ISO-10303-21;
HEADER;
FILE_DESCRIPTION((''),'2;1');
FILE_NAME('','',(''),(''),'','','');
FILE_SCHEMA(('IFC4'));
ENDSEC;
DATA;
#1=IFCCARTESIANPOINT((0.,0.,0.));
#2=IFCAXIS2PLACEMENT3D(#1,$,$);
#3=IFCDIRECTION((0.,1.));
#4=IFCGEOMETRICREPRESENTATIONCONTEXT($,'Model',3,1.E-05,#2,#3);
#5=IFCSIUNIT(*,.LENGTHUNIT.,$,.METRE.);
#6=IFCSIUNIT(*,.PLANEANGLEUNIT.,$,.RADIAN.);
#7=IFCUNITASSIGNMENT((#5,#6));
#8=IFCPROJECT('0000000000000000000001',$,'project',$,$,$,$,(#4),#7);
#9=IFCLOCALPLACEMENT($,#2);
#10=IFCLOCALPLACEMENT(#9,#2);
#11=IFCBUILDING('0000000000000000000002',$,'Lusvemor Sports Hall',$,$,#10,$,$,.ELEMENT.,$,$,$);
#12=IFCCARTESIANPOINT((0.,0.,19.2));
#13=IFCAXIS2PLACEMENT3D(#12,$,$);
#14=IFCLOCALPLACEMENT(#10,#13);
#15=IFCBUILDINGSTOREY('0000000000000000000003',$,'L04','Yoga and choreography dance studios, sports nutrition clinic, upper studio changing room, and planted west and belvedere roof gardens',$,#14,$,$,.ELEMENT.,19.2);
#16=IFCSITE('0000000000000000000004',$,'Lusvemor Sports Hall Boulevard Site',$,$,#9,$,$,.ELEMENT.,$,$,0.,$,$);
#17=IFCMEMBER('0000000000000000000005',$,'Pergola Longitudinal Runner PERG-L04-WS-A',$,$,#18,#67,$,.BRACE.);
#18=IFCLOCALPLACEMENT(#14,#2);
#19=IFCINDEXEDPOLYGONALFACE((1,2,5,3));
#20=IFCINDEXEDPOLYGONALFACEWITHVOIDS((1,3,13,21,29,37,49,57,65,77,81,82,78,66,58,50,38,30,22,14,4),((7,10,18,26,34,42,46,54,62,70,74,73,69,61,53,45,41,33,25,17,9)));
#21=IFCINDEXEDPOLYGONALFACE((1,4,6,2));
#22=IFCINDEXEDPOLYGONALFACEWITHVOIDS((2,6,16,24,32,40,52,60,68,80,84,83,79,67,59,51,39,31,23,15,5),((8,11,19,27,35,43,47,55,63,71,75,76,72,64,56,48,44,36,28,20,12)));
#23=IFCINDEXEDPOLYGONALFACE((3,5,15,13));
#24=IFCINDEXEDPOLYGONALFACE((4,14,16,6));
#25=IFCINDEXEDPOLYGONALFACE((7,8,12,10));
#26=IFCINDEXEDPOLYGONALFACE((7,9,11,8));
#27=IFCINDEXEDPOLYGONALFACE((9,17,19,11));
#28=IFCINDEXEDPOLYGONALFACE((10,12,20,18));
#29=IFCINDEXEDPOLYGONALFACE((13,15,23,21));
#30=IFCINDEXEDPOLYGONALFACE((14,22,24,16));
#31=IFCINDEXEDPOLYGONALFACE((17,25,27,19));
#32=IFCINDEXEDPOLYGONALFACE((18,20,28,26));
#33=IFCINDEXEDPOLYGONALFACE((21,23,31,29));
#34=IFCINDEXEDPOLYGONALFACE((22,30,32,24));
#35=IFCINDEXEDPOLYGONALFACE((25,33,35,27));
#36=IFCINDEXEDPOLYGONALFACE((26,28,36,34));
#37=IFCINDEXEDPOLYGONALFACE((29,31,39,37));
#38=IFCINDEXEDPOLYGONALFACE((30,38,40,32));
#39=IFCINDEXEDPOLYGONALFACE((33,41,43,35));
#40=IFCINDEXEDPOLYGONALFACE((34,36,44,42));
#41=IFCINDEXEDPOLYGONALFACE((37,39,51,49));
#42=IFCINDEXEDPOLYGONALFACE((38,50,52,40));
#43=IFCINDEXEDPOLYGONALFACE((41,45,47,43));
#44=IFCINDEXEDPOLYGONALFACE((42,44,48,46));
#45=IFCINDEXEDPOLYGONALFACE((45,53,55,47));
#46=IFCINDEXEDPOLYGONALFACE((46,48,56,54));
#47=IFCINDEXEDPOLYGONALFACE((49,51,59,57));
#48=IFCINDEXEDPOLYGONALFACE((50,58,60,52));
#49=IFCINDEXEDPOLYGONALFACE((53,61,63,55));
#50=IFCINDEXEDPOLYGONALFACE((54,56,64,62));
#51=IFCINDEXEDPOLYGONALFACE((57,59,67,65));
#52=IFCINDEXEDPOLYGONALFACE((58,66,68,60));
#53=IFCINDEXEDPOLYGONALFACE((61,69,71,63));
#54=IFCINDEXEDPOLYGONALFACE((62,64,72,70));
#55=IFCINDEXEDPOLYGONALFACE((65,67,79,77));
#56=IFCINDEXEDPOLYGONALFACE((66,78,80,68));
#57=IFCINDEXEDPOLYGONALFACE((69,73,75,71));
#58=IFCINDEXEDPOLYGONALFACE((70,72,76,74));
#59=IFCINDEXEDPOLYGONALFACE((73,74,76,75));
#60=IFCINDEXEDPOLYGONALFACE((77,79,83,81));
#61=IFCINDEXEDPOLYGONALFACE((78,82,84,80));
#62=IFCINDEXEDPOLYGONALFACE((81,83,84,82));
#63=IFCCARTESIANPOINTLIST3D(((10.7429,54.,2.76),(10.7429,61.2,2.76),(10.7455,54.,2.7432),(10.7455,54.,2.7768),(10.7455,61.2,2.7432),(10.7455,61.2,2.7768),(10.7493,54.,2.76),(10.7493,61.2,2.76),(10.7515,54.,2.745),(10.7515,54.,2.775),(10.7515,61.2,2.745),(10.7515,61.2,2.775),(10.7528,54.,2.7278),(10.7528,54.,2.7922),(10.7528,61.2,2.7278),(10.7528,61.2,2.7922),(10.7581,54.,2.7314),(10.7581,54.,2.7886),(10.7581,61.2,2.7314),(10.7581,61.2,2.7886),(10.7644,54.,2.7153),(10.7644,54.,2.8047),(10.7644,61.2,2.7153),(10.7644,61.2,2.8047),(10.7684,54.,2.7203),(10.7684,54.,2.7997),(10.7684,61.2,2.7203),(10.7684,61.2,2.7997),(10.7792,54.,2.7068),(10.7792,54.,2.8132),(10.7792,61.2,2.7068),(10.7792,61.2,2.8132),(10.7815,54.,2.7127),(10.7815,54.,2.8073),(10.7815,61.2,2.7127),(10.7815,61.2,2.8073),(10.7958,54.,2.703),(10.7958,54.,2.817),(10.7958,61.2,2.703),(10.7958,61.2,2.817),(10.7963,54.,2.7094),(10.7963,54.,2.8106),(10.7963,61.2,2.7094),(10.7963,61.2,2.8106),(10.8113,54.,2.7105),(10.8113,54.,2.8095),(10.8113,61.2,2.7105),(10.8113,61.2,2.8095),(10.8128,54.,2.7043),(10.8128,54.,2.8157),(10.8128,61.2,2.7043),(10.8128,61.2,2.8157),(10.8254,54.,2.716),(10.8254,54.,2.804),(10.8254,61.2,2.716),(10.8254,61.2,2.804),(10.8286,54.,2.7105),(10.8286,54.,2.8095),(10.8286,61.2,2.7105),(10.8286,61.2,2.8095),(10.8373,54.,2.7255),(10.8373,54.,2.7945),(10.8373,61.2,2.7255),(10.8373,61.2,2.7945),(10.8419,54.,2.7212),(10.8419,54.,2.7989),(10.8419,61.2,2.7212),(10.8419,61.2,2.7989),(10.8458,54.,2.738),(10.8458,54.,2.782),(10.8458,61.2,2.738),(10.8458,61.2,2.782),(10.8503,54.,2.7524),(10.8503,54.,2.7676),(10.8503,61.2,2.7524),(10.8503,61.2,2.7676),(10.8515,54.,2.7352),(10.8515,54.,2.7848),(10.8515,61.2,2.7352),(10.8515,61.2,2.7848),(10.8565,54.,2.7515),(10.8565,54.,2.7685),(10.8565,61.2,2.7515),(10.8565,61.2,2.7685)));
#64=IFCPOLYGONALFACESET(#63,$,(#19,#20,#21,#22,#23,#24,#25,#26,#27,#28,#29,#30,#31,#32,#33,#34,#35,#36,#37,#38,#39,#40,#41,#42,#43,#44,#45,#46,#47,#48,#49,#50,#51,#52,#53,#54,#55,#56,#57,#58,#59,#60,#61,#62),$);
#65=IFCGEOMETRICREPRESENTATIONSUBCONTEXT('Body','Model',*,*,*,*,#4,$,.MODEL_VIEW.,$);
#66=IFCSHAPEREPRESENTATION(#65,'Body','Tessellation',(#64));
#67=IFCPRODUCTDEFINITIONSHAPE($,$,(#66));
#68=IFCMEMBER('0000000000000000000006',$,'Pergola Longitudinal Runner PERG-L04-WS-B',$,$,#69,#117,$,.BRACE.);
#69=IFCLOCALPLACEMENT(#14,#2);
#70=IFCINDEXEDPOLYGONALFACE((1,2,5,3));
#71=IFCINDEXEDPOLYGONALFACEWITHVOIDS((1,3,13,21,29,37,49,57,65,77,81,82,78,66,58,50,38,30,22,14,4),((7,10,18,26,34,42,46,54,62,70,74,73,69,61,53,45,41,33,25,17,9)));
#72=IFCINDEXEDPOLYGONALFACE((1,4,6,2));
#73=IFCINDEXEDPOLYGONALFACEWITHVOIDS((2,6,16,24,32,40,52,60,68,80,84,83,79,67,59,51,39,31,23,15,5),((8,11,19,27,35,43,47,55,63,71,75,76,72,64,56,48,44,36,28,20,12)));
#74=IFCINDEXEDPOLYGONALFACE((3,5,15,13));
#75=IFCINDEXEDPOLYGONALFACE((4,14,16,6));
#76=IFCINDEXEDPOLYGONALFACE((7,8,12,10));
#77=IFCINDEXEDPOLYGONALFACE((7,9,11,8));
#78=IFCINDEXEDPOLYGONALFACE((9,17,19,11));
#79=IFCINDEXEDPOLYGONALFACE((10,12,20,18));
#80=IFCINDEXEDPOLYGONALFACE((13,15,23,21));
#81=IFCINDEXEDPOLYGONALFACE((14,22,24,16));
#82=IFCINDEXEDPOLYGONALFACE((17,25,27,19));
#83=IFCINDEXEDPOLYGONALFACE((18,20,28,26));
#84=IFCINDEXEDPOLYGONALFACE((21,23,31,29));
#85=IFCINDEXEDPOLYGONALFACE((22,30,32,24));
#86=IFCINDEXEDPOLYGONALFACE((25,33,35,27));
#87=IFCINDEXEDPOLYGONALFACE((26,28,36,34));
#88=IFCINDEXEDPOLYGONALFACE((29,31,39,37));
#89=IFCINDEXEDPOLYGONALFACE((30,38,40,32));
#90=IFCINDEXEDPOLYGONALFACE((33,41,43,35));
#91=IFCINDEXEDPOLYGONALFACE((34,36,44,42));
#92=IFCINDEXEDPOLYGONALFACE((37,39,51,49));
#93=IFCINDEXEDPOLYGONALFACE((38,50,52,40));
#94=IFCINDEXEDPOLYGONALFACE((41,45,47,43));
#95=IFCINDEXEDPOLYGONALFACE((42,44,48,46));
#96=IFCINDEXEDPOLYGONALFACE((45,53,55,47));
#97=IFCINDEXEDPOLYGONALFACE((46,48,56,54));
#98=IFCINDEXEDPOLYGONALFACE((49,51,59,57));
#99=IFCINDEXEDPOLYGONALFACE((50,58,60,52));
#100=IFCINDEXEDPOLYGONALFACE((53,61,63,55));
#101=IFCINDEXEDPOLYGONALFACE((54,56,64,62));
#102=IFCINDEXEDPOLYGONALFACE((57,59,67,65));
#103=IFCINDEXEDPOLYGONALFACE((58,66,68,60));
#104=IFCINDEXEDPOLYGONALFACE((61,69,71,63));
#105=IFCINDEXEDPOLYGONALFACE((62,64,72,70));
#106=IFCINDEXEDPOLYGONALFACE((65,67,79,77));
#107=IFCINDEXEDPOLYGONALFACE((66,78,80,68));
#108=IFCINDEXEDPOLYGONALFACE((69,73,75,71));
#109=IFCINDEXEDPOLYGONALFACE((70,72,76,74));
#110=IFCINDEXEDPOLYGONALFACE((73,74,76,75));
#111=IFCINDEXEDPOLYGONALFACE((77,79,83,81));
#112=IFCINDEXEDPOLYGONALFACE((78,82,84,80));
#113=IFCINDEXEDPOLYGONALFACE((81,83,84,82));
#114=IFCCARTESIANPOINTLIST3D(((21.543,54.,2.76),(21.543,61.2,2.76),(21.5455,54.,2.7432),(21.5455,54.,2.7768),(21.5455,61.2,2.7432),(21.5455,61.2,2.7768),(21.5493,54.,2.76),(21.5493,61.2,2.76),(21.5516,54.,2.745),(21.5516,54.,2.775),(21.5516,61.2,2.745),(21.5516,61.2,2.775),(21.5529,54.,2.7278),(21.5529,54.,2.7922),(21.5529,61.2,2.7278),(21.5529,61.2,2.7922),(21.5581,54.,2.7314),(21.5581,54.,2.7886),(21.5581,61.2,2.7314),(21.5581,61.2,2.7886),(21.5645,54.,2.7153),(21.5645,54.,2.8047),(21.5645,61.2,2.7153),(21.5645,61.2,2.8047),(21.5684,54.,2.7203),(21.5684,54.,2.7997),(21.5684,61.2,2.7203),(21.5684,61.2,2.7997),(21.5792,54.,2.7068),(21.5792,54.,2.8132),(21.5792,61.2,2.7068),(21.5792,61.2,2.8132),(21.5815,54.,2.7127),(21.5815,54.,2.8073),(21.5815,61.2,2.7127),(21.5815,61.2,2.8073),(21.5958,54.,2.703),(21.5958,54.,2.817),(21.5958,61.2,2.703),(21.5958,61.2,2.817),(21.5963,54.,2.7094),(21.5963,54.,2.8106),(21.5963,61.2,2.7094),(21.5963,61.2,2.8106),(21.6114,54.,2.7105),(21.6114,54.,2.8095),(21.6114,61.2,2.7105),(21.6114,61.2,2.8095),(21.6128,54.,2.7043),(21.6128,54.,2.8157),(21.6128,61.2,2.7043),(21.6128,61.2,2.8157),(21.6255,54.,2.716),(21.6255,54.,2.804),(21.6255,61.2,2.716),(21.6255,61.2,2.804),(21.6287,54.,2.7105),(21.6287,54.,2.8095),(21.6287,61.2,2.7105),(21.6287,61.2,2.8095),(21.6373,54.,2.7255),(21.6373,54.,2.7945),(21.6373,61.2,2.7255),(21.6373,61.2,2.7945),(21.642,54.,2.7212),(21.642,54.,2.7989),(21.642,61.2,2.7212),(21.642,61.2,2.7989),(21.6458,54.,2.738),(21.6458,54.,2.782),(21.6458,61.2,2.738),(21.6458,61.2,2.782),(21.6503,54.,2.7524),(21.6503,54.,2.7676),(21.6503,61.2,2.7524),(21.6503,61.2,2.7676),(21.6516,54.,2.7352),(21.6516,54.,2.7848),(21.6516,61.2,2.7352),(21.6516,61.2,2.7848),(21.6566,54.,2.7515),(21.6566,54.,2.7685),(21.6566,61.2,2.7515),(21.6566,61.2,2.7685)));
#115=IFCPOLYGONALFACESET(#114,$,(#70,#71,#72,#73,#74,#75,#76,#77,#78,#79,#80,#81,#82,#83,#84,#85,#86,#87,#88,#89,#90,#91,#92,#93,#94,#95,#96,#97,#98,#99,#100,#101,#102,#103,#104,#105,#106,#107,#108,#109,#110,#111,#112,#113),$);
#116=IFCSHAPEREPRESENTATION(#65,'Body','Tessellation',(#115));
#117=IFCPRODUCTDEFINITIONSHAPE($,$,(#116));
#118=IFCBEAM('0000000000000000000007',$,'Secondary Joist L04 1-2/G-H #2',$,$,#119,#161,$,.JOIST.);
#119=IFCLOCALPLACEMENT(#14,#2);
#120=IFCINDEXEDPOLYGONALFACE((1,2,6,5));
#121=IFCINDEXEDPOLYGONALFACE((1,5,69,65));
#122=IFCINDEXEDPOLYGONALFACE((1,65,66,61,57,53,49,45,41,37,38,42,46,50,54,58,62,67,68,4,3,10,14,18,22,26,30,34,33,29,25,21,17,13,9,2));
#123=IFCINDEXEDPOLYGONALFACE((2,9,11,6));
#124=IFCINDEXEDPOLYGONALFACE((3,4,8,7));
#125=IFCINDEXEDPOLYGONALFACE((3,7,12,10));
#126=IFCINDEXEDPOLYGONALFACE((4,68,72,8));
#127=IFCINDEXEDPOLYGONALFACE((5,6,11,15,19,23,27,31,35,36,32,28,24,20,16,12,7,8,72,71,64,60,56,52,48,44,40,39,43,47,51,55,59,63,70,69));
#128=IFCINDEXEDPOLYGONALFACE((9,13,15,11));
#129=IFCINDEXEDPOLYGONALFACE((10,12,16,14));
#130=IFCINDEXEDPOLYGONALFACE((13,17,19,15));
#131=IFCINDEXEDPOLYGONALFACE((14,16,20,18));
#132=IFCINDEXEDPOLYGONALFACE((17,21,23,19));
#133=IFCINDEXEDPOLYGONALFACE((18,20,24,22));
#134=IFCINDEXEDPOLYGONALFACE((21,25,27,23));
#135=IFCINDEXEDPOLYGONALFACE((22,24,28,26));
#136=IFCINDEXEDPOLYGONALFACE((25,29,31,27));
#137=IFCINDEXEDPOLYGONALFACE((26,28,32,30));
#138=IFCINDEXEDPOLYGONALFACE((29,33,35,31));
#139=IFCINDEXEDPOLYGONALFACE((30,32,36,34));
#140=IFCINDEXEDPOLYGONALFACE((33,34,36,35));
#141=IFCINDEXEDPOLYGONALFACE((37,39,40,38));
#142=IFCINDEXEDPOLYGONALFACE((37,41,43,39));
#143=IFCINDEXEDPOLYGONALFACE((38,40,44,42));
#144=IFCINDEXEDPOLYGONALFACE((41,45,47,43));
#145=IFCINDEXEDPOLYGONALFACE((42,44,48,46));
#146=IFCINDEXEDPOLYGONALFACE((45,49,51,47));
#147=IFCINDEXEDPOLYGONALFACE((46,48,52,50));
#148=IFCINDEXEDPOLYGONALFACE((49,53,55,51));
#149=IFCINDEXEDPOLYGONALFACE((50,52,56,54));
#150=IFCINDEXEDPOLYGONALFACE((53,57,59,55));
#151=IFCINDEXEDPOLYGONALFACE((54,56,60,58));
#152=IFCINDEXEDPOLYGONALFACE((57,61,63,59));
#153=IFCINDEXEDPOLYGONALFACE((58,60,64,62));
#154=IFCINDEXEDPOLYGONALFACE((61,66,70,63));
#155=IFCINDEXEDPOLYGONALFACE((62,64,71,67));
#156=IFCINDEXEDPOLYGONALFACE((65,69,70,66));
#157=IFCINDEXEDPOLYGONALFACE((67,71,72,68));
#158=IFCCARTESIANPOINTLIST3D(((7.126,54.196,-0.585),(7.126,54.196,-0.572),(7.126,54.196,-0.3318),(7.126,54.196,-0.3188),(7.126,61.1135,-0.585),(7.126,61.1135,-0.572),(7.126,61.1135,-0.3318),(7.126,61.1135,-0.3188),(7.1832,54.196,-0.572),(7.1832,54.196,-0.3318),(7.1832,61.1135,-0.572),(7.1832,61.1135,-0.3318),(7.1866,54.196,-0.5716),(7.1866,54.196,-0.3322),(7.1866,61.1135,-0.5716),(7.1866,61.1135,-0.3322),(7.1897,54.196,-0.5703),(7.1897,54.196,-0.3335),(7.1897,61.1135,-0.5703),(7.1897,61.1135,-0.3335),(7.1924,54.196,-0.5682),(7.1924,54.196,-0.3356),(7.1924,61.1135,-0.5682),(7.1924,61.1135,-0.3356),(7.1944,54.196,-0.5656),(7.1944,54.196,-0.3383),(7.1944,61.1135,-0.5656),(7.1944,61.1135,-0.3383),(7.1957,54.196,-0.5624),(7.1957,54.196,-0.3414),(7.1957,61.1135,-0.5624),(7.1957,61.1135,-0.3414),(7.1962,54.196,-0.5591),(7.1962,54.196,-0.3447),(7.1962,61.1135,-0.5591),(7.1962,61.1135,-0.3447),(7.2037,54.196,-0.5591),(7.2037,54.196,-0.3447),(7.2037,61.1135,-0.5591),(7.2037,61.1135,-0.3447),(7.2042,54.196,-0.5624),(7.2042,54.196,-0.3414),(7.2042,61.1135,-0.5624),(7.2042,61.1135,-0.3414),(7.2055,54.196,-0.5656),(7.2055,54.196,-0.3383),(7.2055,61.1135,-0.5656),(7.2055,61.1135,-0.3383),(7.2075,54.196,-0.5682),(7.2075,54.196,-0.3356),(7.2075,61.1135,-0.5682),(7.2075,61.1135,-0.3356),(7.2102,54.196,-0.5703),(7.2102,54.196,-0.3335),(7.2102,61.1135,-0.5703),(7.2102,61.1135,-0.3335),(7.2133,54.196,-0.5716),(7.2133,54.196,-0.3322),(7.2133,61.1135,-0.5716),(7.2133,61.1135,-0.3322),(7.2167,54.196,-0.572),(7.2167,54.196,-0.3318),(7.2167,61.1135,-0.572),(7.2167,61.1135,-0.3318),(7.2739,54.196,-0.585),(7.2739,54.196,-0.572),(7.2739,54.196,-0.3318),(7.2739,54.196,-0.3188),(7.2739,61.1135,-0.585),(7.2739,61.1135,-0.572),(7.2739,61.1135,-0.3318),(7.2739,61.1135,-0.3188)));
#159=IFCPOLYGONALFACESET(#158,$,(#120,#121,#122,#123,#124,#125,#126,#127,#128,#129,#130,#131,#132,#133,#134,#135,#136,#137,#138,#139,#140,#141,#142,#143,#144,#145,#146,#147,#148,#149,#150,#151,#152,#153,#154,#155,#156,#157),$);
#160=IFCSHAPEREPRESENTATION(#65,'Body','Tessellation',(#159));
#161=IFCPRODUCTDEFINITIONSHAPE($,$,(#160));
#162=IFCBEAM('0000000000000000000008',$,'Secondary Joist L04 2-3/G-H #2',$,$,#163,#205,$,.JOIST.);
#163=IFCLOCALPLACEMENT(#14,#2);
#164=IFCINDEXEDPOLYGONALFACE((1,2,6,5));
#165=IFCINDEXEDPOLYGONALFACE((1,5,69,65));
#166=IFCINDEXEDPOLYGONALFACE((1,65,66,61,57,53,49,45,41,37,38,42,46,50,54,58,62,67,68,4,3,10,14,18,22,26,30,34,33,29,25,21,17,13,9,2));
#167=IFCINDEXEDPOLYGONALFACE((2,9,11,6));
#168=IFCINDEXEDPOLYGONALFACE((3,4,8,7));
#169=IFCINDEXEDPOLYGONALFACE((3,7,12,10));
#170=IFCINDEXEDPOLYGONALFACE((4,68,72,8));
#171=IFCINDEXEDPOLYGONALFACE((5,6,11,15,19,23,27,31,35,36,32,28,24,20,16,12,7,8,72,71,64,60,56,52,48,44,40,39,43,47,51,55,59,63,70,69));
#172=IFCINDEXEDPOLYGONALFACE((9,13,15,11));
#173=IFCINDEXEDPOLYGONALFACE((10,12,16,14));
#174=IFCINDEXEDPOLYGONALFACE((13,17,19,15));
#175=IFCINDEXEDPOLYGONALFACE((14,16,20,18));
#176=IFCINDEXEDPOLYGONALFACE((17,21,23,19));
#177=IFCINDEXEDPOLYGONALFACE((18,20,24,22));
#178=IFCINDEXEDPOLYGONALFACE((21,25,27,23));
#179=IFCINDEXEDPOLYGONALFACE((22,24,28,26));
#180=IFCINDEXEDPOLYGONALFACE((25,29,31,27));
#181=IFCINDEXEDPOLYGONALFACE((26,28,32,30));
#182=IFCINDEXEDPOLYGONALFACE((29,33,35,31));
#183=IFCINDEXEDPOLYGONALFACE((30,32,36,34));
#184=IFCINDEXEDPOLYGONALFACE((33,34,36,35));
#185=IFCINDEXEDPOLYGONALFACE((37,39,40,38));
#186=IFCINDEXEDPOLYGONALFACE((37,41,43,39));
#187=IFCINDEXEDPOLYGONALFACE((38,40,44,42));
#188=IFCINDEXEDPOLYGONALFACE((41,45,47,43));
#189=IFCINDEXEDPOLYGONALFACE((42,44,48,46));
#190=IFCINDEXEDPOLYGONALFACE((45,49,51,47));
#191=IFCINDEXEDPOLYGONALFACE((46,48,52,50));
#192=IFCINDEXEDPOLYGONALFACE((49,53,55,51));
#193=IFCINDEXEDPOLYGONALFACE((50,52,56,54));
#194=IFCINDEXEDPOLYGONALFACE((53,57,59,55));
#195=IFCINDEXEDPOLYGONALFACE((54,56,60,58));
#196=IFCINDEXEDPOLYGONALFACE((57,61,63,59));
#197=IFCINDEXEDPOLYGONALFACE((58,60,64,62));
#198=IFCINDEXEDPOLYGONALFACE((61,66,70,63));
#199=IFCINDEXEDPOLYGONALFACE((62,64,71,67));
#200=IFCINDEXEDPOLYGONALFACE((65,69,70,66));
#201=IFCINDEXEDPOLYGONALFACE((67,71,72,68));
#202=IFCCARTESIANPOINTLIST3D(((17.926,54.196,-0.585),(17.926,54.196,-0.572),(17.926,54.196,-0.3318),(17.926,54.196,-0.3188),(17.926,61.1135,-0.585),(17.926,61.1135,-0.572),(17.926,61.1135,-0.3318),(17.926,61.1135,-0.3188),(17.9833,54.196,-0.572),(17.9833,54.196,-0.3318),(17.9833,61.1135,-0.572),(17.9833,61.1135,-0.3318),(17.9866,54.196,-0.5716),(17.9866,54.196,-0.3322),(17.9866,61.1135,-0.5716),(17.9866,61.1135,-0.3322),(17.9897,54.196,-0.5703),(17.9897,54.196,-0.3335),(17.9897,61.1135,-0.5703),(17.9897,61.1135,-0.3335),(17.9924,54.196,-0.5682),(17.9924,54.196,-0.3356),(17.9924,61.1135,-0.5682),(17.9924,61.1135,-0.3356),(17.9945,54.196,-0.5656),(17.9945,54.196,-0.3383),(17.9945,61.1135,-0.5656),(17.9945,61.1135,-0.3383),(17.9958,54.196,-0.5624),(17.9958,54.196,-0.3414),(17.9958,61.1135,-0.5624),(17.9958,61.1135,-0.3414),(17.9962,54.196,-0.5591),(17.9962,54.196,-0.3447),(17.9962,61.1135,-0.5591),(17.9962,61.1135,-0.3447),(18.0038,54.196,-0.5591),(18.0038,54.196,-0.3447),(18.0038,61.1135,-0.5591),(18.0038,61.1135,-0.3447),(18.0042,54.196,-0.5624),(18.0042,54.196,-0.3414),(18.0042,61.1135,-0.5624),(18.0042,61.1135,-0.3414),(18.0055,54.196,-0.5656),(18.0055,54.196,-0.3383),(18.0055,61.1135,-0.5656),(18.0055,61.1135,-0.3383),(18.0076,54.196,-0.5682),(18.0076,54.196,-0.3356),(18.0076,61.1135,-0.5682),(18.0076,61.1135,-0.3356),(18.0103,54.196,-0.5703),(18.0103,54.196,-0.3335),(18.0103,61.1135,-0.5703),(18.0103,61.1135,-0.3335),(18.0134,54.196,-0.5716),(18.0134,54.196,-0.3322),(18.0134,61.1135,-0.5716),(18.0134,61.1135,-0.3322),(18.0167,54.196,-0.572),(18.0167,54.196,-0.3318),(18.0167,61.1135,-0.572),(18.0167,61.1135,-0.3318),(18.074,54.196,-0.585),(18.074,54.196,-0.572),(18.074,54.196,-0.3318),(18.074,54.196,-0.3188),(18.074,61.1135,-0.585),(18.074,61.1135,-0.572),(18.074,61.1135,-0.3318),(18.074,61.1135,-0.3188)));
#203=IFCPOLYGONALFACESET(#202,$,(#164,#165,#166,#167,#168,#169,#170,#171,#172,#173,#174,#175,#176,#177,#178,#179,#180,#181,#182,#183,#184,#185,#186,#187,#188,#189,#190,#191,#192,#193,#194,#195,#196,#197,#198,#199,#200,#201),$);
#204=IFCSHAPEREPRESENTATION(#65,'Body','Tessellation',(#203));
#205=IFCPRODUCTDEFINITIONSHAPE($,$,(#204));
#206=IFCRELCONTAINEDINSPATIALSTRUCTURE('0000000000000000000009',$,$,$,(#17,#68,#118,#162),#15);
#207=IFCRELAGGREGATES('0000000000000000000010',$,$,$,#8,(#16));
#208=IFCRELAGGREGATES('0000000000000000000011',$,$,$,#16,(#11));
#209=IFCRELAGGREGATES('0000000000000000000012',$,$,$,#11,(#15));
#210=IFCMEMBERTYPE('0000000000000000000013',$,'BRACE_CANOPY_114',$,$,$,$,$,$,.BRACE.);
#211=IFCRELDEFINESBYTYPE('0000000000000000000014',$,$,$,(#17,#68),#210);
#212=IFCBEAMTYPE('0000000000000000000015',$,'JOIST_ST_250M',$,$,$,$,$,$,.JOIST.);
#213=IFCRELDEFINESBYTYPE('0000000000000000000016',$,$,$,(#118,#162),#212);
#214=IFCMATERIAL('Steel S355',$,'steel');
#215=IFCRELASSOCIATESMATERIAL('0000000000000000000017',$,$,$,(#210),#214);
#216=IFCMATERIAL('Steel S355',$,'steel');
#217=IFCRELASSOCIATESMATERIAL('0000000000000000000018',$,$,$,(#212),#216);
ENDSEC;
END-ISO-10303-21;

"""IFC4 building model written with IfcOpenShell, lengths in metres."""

from ifc_helpers import new_model, si_unit, direction, frame, origin, origin_2d, place, context, subcontext, project, spatial, hollow_circle, i_section, extrude, material, material_profile, profile_set, type_object, element, save


model = new_model("IFC4")

# Units and contexts
model_context = context("Model", 3, precision=1e-05, world=origin(), true_north=direction((0.0, 1.0)))
body_context = subcontext(model_context, "Body", "Model", "MODEL_VIEW")
ifc_project = project(units=[si_unit("LENGTHUNIT", "METRE"), si_unit("PLANEANGLEUNIT", "RADIAN")], contexts=[model_context])

# Site, building, storey
site_placement = place(None, origin())
site = spatial("IfcSite", under=ifc_project, at=site_placement, Name="Lusvemor Sports Hall Boulevard Site", CompositionType="ELEMENT", RefElevation=0.0)
building_placement = place(site_placement, origin())
building = spatial("IfcBuilding", under=site, at=building_placement, Name="Lusvemor Sports Hall", CompositionType="ELEMENT")
storey_placement = place(building_placement, frame((0.0, 0.0, 19.2)))
storey = spatial("IfcBuildingStorey", under=building, at=storey_placement, Name="L04", Description="Yoga and choreography dance studios, sports nutrition clinic, upper studio changing room, and planted west and belvedere roof gardens", CompositionType="ELEMENT", Elevation=19.2)

# Members
ifc_material_1 = material(Name="Steel S355", Category="steel")
ifc_material_profile_1 = material_profile(ifc_material_1, hollow_circle(Radius=0.0571, WallThickness=0.0063, at=origin_2d()), Name="CHS114.3x6.3")
ifc_profile_set_1 = profile_set([ifc_material_profile_1], Name="Steel S355")
member_type_1 = type_object("IfcMemberType", Name="BRACE_CANOPY_114", PredefinedType="BRACE", material=ifc_profile_set_1)
for number, where, z_axis, x_axis, name in (
    (1, (10.8, 54.0, 2.76), (0.0, 1.0, 0.0), (-1.0, 0.0, 0.0), "Pergola Longitudinal Runner PERG-L04-WS-A"),
    (2, (21.6001, 54.0, 2.76), (0.0, 1.0, 0.0), (-1.0, 0.0, 0.0), "Pergola Longitudinal Runner PERG-L04-WS-B"),
):
    element("IfcMember", number, at=place(storey_placement, frame(where, z_axis=z_axis, x_axis=x_axis)), inside=storey, type_object=member_type_1, Name=name, PredefinedType="BRACE", context=body_context, shape_type="SweptSolid", body=[
        extrude(hollow_circle(Radius=0.0571, WallThickness=0.0063, at=origin_2d()), origin(), (0.0, 0.0, 1.0), 7.2),
    ])

# Beams
ifc_material_2 = material(Name="Steel S355", Category="steel")
ifc_material_profile_2 = material_profile(ifc_material_2, i_section(OverallWidth=0.1479, OverallDepth=0.2661, WebThickness=0.0076, FlangeThickness=0.0129, FilletRadius=0.0129, at=origin_2d()), Name="W250x44.8")
ifc_profile_set_2 = profile_set([ifc_material_profile_2], Name="Steel S355")
beam_type_1 = type_object("IfcBeamType", Name="JOIST_ST_250M", PredefinedType="JOIST", material=ifc_profile_set_2)
for number, where, z_axis, x_axis, name in (
    (3, (7.2, 54.196, -0.4519), (0.0, 1.0, 0.0), (-1.0, 0.0, 0.0), "Secondary Joist L04 1-2/G-H #2"),
    (4, (18.0, 54.196, -0.4519), (0.0, 1.0, 0.0), (-1.0, 0.0, 0.0), "Secondary Joist L04 2-3/G-H #2"),
):
    element("IfcBeam", number, at=place(storey_placement, frame(where, z_axis=z_axis, x_axis=x_axis)), inside=storey, type_object=beam_type_1, Name=name, PredefinedType="JOIST", context=body_context, shape_type="SweptSolid", body=[
        extrude(i_section(OverallWidth=0.1479, OverallDepth=0.2661, WebThickness=0.0076, FlangeThickness=0.0129, FilletRadius=0.0129, at=origin_2d()), origin(), (0.0, 0.0, 1.0), 6.9175),
    ])

save(model, "model.ifc")
